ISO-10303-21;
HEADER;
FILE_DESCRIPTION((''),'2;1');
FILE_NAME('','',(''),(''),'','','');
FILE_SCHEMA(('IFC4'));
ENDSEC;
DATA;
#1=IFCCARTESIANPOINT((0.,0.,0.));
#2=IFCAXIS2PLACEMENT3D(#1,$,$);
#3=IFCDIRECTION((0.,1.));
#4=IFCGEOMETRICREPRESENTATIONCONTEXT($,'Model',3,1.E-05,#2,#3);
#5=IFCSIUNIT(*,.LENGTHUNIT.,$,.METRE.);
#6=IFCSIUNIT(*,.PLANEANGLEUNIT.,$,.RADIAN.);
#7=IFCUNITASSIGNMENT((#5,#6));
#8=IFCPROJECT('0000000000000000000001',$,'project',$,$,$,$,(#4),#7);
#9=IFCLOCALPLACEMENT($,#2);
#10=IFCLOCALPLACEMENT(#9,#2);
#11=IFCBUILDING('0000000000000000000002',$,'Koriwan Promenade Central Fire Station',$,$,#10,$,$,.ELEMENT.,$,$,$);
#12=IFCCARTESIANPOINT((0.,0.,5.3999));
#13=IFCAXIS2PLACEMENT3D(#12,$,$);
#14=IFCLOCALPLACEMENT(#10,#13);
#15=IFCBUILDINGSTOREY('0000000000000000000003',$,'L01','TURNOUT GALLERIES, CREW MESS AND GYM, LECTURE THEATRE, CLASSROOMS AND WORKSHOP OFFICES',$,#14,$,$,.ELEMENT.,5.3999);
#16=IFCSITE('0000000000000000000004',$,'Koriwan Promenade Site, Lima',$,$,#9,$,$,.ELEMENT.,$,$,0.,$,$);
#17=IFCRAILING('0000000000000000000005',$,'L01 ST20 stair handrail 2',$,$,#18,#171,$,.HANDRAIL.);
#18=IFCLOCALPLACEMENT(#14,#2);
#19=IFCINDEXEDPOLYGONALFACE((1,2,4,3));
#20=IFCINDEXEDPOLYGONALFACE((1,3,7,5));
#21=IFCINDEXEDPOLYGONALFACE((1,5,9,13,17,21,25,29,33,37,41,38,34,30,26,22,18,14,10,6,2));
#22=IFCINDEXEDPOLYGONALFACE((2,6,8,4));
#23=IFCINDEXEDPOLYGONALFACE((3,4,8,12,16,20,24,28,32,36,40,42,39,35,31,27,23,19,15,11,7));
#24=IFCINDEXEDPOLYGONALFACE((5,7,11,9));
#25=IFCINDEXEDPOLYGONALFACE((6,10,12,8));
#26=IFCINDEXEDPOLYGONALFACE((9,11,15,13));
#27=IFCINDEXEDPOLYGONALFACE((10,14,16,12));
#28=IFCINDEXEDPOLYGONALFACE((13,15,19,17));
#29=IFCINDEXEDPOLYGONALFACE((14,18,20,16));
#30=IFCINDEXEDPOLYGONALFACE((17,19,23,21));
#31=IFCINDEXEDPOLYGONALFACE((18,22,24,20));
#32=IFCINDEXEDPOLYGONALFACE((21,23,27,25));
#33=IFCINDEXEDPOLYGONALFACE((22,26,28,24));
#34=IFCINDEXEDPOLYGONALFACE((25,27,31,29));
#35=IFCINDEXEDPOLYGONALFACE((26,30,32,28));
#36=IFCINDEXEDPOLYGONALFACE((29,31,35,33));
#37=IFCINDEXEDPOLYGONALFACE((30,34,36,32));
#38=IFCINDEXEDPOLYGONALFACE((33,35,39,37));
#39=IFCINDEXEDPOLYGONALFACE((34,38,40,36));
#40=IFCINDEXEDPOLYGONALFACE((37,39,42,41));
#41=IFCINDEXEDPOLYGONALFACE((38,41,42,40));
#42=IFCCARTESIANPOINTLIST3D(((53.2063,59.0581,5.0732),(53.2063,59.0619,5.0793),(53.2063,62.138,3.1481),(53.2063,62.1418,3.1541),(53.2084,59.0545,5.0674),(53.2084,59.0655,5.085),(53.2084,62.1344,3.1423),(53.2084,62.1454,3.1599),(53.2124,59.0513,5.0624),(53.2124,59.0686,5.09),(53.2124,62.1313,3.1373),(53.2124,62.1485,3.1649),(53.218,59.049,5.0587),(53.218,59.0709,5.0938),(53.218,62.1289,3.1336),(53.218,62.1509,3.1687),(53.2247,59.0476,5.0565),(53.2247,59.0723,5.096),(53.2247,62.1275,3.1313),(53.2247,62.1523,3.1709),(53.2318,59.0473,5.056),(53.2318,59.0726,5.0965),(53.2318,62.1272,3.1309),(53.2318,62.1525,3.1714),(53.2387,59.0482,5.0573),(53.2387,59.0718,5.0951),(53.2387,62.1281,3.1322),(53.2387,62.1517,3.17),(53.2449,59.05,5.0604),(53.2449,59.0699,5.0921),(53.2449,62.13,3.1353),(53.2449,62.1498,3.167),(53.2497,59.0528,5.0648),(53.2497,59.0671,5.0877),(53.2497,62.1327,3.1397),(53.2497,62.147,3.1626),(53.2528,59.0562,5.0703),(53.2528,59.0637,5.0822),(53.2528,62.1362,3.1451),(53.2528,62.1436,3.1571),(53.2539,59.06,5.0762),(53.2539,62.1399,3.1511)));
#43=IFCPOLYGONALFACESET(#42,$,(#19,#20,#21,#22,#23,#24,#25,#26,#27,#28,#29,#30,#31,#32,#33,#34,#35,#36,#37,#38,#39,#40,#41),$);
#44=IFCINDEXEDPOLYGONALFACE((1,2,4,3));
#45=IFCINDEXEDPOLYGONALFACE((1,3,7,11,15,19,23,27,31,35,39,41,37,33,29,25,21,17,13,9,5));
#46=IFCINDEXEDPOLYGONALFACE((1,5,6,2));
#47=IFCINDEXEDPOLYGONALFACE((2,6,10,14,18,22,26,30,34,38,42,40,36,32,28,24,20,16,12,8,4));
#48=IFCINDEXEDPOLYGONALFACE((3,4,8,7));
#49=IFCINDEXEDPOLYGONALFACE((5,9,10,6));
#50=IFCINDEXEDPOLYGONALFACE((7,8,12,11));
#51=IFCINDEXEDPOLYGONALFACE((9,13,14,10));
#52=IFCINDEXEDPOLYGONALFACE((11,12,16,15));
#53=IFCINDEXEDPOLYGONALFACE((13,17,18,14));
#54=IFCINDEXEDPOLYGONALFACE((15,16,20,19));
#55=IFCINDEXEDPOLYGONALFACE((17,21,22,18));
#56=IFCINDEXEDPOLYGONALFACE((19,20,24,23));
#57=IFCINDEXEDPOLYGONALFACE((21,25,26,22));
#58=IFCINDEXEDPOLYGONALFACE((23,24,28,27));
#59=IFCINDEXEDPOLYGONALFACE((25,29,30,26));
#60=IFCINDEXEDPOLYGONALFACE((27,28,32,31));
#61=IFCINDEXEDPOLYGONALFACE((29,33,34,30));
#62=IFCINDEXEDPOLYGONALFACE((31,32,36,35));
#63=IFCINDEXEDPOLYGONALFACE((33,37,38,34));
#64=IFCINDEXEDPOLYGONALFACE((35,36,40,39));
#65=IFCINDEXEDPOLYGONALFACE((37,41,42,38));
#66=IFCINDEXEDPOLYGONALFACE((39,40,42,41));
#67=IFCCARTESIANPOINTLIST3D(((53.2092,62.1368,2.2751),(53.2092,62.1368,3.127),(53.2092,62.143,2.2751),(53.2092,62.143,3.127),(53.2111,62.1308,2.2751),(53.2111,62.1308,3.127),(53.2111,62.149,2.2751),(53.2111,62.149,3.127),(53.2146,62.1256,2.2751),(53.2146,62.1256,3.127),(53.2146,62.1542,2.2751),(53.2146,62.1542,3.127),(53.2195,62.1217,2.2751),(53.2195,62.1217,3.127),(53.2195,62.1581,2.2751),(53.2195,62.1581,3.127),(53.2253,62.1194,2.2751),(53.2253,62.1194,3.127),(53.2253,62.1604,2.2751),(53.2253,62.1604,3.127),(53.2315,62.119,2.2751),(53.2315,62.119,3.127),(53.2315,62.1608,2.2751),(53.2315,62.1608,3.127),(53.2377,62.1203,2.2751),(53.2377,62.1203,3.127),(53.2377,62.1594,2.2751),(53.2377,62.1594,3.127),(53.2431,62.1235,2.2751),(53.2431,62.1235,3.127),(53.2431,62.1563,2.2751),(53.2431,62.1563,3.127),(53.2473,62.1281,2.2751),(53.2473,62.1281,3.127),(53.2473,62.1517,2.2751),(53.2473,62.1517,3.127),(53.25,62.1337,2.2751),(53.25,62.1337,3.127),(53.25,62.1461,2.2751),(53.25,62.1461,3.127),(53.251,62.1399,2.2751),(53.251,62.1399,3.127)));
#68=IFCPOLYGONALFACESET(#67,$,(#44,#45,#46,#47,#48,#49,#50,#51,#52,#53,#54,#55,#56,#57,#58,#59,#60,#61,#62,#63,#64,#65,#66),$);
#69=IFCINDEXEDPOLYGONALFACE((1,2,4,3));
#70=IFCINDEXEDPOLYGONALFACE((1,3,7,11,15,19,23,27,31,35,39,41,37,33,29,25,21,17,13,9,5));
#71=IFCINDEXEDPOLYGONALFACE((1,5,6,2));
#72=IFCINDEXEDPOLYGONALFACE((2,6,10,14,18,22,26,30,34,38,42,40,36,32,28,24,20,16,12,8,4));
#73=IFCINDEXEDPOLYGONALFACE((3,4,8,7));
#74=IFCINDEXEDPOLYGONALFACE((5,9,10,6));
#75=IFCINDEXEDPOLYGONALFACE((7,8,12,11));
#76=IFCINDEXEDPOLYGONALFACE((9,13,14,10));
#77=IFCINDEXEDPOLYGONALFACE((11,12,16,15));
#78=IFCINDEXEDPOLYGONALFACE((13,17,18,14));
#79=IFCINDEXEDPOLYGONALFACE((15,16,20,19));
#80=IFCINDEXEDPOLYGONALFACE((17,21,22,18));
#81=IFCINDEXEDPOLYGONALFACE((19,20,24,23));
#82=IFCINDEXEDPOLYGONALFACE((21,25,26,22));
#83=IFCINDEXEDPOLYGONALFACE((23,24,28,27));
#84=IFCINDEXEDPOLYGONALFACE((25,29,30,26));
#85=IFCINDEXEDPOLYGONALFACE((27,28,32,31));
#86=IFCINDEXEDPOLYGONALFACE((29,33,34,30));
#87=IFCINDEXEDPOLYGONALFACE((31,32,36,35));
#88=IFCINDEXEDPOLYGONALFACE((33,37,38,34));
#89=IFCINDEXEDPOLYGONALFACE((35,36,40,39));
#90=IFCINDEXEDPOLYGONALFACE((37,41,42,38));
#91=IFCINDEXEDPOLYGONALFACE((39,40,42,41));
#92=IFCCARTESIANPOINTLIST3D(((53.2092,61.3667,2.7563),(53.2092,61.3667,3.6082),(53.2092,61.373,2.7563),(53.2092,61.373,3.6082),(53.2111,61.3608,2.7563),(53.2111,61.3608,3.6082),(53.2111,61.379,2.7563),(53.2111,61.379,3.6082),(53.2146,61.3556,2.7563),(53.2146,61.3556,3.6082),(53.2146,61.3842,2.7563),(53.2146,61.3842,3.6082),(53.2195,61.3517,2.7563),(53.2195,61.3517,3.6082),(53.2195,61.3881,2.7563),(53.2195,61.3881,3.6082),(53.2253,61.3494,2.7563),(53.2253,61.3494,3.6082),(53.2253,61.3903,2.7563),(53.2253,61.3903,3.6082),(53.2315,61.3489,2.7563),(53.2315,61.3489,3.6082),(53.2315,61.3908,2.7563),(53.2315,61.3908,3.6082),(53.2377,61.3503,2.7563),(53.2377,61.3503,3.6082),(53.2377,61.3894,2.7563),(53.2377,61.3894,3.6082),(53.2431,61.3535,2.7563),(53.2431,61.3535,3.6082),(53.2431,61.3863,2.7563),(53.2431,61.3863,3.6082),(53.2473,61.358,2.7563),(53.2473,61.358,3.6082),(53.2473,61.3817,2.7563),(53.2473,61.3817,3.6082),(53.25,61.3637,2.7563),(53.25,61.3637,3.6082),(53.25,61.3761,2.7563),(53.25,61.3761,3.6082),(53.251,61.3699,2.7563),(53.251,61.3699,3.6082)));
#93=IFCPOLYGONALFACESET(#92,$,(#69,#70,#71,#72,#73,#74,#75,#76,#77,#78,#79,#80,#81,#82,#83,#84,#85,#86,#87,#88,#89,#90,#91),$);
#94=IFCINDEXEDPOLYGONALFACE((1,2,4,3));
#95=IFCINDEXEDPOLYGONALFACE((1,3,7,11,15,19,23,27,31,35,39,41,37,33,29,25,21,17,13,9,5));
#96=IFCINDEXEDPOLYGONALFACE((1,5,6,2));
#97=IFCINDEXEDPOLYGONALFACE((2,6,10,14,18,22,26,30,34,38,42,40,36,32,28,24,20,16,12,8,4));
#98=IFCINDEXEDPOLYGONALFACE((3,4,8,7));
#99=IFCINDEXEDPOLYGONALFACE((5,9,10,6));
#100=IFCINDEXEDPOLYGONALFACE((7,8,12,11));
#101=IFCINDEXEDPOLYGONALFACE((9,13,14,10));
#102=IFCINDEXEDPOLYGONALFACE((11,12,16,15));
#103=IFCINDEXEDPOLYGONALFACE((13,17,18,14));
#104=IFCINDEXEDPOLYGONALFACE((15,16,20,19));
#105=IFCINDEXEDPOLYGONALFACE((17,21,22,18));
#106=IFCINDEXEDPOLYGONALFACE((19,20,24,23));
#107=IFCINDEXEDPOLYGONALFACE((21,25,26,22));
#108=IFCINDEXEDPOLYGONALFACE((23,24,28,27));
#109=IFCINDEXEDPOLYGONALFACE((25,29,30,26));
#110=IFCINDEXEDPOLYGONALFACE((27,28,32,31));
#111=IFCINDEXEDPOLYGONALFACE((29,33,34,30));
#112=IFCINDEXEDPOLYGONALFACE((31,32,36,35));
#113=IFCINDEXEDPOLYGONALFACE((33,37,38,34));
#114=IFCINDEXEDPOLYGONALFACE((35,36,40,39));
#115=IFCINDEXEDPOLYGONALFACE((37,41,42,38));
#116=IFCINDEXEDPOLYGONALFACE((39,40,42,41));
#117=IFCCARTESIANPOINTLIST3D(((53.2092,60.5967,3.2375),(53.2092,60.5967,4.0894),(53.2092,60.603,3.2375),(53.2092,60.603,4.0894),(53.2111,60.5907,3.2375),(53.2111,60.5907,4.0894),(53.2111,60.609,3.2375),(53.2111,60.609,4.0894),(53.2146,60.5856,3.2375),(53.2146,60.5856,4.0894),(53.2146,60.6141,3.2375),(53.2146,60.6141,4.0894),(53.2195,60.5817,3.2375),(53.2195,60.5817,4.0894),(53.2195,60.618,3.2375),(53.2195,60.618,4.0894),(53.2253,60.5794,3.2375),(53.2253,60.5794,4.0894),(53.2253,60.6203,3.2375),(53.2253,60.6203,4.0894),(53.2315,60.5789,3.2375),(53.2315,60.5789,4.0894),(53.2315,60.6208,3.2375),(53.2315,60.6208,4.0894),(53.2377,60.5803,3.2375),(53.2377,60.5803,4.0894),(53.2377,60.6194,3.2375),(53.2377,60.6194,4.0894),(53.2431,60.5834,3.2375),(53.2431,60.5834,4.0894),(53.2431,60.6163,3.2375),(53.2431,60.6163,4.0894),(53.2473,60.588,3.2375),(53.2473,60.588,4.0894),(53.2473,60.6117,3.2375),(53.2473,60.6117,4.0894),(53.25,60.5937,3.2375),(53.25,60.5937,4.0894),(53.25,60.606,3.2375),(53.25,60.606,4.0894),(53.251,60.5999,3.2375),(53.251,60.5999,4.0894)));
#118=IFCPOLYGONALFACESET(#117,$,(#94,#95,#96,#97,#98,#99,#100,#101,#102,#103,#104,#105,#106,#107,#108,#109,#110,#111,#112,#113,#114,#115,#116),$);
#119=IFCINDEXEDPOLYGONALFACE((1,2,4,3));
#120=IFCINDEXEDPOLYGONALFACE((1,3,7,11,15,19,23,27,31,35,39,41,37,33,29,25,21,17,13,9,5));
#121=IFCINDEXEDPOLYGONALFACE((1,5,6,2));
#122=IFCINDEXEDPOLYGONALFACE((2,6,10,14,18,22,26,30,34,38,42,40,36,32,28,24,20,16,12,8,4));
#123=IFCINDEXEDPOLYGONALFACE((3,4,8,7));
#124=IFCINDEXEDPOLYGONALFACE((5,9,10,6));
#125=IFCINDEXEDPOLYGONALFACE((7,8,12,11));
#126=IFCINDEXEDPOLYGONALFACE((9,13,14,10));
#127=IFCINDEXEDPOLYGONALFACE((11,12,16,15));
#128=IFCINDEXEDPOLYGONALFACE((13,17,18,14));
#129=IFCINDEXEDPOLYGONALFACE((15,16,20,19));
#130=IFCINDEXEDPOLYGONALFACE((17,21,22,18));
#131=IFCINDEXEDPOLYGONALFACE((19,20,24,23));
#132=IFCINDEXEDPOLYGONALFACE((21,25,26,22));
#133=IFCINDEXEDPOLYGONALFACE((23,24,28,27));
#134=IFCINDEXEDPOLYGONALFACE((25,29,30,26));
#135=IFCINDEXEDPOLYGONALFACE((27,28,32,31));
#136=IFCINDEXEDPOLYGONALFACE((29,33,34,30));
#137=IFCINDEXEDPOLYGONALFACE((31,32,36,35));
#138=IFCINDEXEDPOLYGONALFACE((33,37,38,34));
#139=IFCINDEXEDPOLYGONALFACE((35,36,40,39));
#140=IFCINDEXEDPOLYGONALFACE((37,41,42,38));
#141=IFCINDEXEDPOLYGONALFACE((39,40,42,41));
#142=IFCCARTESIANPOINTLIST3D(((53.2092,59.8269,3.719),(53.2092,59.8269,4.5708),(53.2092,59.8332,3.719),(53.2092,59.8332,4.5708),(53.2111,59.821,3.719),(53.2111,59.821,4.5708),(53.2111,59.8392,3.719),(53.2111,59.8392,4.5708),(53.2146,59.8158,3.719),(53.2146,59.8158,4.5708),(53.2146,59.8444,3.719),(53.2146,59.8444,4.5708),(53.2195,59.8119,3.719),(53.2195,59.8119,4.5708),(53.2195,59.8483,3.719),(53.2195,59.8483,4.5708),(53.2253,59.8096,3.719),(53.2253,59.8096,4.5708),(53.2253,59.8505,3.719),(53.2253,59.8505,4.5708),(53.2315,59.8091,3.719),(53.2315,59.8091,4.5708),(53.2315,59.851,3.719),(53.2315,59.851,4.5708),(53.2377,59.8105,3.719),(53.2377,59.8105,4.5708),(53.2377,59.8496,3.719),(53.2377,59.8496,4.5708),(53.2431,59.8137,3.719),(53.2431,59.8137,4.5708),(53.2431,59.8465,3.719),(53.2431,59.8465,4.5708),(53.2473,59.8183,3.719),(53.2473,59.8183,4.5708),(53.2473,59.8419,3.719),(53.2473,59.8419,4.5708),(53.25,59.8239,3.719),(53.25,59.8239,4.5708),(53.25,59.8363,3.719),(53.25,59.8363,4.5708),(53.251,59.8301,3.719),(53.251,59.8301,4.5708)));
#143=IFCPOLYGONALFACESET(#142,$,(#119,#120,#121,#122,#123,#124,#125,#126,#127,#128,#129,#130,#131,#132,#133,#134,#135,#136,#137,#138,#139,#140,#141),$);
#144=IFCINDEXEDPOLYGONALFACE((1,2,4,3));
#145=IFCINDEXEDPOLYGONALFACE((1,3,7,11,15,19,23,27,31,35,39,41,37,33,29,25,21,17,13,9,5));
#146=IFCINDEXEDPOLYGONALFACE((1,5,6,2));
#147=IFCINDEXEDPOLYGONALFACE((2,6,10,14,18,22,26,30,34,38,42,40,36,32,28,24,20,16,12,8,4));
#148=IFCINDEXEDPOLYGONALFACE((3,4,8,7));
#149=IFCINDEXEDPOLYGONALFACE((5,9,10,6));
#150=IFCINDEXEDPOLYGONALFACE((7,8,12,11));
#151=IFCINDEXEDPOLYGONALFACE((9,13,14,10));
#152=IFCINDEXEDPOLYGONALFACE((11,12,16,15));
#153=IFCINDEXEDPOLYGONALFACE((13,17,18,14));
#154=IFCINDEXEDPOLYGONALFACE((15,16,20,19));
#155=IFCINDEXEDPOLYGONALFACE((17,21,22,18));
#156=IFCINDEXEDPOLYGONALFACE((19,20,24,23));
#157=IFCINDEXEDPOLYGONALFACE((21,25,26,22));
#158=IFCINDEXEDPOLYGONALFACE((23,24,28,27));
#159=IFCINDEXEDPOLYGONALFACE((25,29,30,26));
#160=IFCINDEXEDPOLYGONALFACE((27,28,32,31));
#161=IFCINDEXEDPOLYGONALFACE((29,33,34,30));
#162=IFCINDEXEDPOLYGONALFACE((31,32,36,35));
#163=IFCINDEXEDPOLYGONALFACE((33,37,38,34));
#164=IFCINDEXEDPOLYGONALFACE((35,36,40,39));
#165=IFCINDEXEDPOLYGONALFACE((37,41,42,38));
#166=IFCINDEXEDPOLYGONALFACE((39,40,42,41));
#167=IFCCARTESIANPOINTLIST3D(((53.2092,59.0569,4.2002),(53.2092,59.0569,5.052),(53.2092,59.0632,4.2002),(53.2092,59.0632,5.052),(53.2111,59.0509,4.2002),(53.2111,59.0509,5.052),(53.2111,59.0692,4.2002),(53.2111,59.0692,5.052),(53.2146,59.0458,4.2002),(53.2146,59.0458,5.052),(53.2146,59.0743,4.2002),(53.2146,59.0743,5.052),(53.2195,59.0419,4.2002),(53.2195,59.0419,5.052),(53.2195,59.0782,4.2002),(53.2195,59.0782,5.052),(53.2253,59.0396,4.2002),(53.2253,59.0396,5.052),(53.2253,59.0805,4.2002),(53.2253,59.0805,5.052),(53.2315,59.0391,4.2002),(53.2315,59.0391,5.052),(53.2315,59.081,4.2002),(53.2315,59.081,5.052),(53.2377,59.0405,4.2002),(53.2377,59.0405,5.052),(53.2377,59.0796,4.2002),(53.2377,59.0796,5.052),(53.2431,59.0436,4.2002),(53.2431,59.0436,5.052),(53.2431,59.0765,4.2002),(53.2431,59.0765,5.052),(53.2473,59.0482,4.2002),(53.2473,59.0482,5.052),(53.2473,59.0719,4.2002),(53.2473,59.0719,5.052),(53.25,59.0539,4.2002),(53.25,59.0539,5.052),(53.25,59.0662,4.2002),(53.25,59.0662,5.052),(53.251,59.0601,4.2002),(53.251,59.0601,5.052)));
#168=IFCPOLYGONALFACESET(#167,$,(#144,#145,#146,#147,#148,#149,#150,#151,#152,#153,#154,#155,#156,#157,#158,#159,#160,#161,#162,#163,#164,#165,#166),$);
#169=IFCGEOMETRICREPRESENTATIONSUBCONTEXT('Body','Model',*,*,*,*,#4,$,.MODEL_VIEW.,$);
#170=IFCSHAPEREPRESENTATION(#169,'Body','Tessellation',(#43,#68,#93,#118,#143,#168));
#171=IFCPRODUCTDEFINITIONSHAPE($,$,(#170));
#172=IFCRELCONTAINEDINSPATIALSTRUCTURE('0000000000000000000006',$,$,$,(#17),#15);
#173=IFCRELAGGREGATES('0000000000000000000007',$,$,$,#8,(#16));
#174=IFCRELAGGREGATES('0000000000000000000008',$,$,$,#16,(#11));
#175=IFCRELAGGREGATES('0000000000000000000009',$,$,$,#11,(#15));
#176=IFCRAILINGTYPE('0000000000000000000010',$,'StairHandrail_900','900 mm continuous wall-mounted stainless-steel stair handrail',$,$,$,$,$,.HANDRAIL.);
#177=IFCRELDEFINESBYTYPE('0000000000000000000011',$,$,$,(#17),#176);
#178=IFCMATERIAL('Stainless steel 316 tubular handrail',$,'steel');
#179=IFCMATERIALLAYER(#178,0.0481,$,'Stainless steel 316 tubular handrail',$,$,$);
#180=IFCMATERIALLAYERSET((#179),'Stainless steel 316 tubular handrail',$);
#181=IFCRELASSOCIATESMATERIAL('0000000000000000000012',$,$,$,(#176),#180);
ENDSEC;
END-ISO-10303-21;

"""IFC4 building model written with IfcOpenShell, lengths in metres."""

from ifc_helpers import new_model, si_unit, direction, frame, origin, origin_2d, place, context, subcontext, project, spatial, circle, extrude, material, layer, layer_set, type_object, element, save


model = new_model("IFC4")

# Units and contexts
model_context = context("Model", 3, precision=1e-05, world=origin(), true_north=direction((0.0, 1.0)))
body_context = subcontext(model_context, "Body", "Model", "MODEL_VIEW")
ifc_project = project(units=[si_unit("LENGTHUNIT", "METRE"), si_unit("PLANEANGLEUNIT", "RADIAN")], contexts=[model_context])

# Site, building, storey
site_placement = place(None, origin())
site = spatial("IfcSite", under=ifc_project, at=site_placement, Name="Koriwan Promenade Site, Lima", CompositionType="ELEMENT", RefElevation=0.0)
building_placement = place(site_placement, origin())
building = spatial("IfcBuilding", under=site, at=building_placement, Name="Koriwan Promenade Central Fire Station", CompositionType="ELEMENT")
storey_placement = place(building_placement, frame((0.0, 0.0, 5.3999)))
storey = spatial("IfcBuildingStorey", under=building, at=storey_placement, Name="L01", Description="TURNOUT GALLERIES, CREW MESS AND GYM, LECTURE THEATRE, CLASSROOMS AND WORKSHOP OFFICES", CompositionType="ELEMENT", Elevation=5.3999)

# Railing
ifc_material_1 = material(Name="Stainless steel 316 tubular handrail", Category="steel")
ifc_layer_1 = layer(ifc_material_1, 0.0481, Name="Stainless steel 316 tubular handrail")
ifc_layer_set_1 = layer_set([ifc_layer_1], Name="Stainless steel 316 tubular handrail")
railing_type_1 = type_object("IfcRailingType", Name="StairHandrail_900", Description="900 mm continuous wall-mounted stainless-steel stair handrail", PredefinedType="HANDRAIL", material=ifc_layer_set_1)
railing_1_placement = place(storey_placement, frame((53.23, 62.1399, 2.2751)))
element("IfcRailing", 1, at=railing_1_placement, inside=storey, type_object=railing_type_1, Name="L01 ST20 stair handrail 2", PredefinedType="HANDRAIL", context=body_context, shape_type="SweptSolid", body=[
    extrude(circle(Radius=0.0239, at=origin_2d()), frame((0.0, 0.0, 0.876), z_axis=(0.0, -0.847979, 0.530029), x_axis=(1.0, 0.0, 0.0)), (0.0, 0.0, 1.0), 3.6321),
    extrude(circle(Radius=0.021, at=origin_2d()), origin(), (0.0, 0.0, 1.0), 0.8518),
    extrude(circle(Radius=0.021, at=origin_2d()), frame((0.0, -0.77, 0.4812)), (0.0, 0.0, 1.0), 0.8518),
    extrude(circle(Radius=0.021, at=origin_2d()), frame((0.0, -1.54, 0.9624)), (0.0, 0.0, 1.0), 0.8518),
    extrude(circle(Radius=0.021, at=origin_2d()), frame((0.0, -2.3098, 1.4438)), (0.0, 0.0, 1.0), 0.8518),
    extrude(circle(Radius=0.021, at=origin_2d()), frame((0.0, -3.0798, 1.925)), (0.0, 0.0, 1.0), 0.8518),
])

save(model, "model.ifc")
